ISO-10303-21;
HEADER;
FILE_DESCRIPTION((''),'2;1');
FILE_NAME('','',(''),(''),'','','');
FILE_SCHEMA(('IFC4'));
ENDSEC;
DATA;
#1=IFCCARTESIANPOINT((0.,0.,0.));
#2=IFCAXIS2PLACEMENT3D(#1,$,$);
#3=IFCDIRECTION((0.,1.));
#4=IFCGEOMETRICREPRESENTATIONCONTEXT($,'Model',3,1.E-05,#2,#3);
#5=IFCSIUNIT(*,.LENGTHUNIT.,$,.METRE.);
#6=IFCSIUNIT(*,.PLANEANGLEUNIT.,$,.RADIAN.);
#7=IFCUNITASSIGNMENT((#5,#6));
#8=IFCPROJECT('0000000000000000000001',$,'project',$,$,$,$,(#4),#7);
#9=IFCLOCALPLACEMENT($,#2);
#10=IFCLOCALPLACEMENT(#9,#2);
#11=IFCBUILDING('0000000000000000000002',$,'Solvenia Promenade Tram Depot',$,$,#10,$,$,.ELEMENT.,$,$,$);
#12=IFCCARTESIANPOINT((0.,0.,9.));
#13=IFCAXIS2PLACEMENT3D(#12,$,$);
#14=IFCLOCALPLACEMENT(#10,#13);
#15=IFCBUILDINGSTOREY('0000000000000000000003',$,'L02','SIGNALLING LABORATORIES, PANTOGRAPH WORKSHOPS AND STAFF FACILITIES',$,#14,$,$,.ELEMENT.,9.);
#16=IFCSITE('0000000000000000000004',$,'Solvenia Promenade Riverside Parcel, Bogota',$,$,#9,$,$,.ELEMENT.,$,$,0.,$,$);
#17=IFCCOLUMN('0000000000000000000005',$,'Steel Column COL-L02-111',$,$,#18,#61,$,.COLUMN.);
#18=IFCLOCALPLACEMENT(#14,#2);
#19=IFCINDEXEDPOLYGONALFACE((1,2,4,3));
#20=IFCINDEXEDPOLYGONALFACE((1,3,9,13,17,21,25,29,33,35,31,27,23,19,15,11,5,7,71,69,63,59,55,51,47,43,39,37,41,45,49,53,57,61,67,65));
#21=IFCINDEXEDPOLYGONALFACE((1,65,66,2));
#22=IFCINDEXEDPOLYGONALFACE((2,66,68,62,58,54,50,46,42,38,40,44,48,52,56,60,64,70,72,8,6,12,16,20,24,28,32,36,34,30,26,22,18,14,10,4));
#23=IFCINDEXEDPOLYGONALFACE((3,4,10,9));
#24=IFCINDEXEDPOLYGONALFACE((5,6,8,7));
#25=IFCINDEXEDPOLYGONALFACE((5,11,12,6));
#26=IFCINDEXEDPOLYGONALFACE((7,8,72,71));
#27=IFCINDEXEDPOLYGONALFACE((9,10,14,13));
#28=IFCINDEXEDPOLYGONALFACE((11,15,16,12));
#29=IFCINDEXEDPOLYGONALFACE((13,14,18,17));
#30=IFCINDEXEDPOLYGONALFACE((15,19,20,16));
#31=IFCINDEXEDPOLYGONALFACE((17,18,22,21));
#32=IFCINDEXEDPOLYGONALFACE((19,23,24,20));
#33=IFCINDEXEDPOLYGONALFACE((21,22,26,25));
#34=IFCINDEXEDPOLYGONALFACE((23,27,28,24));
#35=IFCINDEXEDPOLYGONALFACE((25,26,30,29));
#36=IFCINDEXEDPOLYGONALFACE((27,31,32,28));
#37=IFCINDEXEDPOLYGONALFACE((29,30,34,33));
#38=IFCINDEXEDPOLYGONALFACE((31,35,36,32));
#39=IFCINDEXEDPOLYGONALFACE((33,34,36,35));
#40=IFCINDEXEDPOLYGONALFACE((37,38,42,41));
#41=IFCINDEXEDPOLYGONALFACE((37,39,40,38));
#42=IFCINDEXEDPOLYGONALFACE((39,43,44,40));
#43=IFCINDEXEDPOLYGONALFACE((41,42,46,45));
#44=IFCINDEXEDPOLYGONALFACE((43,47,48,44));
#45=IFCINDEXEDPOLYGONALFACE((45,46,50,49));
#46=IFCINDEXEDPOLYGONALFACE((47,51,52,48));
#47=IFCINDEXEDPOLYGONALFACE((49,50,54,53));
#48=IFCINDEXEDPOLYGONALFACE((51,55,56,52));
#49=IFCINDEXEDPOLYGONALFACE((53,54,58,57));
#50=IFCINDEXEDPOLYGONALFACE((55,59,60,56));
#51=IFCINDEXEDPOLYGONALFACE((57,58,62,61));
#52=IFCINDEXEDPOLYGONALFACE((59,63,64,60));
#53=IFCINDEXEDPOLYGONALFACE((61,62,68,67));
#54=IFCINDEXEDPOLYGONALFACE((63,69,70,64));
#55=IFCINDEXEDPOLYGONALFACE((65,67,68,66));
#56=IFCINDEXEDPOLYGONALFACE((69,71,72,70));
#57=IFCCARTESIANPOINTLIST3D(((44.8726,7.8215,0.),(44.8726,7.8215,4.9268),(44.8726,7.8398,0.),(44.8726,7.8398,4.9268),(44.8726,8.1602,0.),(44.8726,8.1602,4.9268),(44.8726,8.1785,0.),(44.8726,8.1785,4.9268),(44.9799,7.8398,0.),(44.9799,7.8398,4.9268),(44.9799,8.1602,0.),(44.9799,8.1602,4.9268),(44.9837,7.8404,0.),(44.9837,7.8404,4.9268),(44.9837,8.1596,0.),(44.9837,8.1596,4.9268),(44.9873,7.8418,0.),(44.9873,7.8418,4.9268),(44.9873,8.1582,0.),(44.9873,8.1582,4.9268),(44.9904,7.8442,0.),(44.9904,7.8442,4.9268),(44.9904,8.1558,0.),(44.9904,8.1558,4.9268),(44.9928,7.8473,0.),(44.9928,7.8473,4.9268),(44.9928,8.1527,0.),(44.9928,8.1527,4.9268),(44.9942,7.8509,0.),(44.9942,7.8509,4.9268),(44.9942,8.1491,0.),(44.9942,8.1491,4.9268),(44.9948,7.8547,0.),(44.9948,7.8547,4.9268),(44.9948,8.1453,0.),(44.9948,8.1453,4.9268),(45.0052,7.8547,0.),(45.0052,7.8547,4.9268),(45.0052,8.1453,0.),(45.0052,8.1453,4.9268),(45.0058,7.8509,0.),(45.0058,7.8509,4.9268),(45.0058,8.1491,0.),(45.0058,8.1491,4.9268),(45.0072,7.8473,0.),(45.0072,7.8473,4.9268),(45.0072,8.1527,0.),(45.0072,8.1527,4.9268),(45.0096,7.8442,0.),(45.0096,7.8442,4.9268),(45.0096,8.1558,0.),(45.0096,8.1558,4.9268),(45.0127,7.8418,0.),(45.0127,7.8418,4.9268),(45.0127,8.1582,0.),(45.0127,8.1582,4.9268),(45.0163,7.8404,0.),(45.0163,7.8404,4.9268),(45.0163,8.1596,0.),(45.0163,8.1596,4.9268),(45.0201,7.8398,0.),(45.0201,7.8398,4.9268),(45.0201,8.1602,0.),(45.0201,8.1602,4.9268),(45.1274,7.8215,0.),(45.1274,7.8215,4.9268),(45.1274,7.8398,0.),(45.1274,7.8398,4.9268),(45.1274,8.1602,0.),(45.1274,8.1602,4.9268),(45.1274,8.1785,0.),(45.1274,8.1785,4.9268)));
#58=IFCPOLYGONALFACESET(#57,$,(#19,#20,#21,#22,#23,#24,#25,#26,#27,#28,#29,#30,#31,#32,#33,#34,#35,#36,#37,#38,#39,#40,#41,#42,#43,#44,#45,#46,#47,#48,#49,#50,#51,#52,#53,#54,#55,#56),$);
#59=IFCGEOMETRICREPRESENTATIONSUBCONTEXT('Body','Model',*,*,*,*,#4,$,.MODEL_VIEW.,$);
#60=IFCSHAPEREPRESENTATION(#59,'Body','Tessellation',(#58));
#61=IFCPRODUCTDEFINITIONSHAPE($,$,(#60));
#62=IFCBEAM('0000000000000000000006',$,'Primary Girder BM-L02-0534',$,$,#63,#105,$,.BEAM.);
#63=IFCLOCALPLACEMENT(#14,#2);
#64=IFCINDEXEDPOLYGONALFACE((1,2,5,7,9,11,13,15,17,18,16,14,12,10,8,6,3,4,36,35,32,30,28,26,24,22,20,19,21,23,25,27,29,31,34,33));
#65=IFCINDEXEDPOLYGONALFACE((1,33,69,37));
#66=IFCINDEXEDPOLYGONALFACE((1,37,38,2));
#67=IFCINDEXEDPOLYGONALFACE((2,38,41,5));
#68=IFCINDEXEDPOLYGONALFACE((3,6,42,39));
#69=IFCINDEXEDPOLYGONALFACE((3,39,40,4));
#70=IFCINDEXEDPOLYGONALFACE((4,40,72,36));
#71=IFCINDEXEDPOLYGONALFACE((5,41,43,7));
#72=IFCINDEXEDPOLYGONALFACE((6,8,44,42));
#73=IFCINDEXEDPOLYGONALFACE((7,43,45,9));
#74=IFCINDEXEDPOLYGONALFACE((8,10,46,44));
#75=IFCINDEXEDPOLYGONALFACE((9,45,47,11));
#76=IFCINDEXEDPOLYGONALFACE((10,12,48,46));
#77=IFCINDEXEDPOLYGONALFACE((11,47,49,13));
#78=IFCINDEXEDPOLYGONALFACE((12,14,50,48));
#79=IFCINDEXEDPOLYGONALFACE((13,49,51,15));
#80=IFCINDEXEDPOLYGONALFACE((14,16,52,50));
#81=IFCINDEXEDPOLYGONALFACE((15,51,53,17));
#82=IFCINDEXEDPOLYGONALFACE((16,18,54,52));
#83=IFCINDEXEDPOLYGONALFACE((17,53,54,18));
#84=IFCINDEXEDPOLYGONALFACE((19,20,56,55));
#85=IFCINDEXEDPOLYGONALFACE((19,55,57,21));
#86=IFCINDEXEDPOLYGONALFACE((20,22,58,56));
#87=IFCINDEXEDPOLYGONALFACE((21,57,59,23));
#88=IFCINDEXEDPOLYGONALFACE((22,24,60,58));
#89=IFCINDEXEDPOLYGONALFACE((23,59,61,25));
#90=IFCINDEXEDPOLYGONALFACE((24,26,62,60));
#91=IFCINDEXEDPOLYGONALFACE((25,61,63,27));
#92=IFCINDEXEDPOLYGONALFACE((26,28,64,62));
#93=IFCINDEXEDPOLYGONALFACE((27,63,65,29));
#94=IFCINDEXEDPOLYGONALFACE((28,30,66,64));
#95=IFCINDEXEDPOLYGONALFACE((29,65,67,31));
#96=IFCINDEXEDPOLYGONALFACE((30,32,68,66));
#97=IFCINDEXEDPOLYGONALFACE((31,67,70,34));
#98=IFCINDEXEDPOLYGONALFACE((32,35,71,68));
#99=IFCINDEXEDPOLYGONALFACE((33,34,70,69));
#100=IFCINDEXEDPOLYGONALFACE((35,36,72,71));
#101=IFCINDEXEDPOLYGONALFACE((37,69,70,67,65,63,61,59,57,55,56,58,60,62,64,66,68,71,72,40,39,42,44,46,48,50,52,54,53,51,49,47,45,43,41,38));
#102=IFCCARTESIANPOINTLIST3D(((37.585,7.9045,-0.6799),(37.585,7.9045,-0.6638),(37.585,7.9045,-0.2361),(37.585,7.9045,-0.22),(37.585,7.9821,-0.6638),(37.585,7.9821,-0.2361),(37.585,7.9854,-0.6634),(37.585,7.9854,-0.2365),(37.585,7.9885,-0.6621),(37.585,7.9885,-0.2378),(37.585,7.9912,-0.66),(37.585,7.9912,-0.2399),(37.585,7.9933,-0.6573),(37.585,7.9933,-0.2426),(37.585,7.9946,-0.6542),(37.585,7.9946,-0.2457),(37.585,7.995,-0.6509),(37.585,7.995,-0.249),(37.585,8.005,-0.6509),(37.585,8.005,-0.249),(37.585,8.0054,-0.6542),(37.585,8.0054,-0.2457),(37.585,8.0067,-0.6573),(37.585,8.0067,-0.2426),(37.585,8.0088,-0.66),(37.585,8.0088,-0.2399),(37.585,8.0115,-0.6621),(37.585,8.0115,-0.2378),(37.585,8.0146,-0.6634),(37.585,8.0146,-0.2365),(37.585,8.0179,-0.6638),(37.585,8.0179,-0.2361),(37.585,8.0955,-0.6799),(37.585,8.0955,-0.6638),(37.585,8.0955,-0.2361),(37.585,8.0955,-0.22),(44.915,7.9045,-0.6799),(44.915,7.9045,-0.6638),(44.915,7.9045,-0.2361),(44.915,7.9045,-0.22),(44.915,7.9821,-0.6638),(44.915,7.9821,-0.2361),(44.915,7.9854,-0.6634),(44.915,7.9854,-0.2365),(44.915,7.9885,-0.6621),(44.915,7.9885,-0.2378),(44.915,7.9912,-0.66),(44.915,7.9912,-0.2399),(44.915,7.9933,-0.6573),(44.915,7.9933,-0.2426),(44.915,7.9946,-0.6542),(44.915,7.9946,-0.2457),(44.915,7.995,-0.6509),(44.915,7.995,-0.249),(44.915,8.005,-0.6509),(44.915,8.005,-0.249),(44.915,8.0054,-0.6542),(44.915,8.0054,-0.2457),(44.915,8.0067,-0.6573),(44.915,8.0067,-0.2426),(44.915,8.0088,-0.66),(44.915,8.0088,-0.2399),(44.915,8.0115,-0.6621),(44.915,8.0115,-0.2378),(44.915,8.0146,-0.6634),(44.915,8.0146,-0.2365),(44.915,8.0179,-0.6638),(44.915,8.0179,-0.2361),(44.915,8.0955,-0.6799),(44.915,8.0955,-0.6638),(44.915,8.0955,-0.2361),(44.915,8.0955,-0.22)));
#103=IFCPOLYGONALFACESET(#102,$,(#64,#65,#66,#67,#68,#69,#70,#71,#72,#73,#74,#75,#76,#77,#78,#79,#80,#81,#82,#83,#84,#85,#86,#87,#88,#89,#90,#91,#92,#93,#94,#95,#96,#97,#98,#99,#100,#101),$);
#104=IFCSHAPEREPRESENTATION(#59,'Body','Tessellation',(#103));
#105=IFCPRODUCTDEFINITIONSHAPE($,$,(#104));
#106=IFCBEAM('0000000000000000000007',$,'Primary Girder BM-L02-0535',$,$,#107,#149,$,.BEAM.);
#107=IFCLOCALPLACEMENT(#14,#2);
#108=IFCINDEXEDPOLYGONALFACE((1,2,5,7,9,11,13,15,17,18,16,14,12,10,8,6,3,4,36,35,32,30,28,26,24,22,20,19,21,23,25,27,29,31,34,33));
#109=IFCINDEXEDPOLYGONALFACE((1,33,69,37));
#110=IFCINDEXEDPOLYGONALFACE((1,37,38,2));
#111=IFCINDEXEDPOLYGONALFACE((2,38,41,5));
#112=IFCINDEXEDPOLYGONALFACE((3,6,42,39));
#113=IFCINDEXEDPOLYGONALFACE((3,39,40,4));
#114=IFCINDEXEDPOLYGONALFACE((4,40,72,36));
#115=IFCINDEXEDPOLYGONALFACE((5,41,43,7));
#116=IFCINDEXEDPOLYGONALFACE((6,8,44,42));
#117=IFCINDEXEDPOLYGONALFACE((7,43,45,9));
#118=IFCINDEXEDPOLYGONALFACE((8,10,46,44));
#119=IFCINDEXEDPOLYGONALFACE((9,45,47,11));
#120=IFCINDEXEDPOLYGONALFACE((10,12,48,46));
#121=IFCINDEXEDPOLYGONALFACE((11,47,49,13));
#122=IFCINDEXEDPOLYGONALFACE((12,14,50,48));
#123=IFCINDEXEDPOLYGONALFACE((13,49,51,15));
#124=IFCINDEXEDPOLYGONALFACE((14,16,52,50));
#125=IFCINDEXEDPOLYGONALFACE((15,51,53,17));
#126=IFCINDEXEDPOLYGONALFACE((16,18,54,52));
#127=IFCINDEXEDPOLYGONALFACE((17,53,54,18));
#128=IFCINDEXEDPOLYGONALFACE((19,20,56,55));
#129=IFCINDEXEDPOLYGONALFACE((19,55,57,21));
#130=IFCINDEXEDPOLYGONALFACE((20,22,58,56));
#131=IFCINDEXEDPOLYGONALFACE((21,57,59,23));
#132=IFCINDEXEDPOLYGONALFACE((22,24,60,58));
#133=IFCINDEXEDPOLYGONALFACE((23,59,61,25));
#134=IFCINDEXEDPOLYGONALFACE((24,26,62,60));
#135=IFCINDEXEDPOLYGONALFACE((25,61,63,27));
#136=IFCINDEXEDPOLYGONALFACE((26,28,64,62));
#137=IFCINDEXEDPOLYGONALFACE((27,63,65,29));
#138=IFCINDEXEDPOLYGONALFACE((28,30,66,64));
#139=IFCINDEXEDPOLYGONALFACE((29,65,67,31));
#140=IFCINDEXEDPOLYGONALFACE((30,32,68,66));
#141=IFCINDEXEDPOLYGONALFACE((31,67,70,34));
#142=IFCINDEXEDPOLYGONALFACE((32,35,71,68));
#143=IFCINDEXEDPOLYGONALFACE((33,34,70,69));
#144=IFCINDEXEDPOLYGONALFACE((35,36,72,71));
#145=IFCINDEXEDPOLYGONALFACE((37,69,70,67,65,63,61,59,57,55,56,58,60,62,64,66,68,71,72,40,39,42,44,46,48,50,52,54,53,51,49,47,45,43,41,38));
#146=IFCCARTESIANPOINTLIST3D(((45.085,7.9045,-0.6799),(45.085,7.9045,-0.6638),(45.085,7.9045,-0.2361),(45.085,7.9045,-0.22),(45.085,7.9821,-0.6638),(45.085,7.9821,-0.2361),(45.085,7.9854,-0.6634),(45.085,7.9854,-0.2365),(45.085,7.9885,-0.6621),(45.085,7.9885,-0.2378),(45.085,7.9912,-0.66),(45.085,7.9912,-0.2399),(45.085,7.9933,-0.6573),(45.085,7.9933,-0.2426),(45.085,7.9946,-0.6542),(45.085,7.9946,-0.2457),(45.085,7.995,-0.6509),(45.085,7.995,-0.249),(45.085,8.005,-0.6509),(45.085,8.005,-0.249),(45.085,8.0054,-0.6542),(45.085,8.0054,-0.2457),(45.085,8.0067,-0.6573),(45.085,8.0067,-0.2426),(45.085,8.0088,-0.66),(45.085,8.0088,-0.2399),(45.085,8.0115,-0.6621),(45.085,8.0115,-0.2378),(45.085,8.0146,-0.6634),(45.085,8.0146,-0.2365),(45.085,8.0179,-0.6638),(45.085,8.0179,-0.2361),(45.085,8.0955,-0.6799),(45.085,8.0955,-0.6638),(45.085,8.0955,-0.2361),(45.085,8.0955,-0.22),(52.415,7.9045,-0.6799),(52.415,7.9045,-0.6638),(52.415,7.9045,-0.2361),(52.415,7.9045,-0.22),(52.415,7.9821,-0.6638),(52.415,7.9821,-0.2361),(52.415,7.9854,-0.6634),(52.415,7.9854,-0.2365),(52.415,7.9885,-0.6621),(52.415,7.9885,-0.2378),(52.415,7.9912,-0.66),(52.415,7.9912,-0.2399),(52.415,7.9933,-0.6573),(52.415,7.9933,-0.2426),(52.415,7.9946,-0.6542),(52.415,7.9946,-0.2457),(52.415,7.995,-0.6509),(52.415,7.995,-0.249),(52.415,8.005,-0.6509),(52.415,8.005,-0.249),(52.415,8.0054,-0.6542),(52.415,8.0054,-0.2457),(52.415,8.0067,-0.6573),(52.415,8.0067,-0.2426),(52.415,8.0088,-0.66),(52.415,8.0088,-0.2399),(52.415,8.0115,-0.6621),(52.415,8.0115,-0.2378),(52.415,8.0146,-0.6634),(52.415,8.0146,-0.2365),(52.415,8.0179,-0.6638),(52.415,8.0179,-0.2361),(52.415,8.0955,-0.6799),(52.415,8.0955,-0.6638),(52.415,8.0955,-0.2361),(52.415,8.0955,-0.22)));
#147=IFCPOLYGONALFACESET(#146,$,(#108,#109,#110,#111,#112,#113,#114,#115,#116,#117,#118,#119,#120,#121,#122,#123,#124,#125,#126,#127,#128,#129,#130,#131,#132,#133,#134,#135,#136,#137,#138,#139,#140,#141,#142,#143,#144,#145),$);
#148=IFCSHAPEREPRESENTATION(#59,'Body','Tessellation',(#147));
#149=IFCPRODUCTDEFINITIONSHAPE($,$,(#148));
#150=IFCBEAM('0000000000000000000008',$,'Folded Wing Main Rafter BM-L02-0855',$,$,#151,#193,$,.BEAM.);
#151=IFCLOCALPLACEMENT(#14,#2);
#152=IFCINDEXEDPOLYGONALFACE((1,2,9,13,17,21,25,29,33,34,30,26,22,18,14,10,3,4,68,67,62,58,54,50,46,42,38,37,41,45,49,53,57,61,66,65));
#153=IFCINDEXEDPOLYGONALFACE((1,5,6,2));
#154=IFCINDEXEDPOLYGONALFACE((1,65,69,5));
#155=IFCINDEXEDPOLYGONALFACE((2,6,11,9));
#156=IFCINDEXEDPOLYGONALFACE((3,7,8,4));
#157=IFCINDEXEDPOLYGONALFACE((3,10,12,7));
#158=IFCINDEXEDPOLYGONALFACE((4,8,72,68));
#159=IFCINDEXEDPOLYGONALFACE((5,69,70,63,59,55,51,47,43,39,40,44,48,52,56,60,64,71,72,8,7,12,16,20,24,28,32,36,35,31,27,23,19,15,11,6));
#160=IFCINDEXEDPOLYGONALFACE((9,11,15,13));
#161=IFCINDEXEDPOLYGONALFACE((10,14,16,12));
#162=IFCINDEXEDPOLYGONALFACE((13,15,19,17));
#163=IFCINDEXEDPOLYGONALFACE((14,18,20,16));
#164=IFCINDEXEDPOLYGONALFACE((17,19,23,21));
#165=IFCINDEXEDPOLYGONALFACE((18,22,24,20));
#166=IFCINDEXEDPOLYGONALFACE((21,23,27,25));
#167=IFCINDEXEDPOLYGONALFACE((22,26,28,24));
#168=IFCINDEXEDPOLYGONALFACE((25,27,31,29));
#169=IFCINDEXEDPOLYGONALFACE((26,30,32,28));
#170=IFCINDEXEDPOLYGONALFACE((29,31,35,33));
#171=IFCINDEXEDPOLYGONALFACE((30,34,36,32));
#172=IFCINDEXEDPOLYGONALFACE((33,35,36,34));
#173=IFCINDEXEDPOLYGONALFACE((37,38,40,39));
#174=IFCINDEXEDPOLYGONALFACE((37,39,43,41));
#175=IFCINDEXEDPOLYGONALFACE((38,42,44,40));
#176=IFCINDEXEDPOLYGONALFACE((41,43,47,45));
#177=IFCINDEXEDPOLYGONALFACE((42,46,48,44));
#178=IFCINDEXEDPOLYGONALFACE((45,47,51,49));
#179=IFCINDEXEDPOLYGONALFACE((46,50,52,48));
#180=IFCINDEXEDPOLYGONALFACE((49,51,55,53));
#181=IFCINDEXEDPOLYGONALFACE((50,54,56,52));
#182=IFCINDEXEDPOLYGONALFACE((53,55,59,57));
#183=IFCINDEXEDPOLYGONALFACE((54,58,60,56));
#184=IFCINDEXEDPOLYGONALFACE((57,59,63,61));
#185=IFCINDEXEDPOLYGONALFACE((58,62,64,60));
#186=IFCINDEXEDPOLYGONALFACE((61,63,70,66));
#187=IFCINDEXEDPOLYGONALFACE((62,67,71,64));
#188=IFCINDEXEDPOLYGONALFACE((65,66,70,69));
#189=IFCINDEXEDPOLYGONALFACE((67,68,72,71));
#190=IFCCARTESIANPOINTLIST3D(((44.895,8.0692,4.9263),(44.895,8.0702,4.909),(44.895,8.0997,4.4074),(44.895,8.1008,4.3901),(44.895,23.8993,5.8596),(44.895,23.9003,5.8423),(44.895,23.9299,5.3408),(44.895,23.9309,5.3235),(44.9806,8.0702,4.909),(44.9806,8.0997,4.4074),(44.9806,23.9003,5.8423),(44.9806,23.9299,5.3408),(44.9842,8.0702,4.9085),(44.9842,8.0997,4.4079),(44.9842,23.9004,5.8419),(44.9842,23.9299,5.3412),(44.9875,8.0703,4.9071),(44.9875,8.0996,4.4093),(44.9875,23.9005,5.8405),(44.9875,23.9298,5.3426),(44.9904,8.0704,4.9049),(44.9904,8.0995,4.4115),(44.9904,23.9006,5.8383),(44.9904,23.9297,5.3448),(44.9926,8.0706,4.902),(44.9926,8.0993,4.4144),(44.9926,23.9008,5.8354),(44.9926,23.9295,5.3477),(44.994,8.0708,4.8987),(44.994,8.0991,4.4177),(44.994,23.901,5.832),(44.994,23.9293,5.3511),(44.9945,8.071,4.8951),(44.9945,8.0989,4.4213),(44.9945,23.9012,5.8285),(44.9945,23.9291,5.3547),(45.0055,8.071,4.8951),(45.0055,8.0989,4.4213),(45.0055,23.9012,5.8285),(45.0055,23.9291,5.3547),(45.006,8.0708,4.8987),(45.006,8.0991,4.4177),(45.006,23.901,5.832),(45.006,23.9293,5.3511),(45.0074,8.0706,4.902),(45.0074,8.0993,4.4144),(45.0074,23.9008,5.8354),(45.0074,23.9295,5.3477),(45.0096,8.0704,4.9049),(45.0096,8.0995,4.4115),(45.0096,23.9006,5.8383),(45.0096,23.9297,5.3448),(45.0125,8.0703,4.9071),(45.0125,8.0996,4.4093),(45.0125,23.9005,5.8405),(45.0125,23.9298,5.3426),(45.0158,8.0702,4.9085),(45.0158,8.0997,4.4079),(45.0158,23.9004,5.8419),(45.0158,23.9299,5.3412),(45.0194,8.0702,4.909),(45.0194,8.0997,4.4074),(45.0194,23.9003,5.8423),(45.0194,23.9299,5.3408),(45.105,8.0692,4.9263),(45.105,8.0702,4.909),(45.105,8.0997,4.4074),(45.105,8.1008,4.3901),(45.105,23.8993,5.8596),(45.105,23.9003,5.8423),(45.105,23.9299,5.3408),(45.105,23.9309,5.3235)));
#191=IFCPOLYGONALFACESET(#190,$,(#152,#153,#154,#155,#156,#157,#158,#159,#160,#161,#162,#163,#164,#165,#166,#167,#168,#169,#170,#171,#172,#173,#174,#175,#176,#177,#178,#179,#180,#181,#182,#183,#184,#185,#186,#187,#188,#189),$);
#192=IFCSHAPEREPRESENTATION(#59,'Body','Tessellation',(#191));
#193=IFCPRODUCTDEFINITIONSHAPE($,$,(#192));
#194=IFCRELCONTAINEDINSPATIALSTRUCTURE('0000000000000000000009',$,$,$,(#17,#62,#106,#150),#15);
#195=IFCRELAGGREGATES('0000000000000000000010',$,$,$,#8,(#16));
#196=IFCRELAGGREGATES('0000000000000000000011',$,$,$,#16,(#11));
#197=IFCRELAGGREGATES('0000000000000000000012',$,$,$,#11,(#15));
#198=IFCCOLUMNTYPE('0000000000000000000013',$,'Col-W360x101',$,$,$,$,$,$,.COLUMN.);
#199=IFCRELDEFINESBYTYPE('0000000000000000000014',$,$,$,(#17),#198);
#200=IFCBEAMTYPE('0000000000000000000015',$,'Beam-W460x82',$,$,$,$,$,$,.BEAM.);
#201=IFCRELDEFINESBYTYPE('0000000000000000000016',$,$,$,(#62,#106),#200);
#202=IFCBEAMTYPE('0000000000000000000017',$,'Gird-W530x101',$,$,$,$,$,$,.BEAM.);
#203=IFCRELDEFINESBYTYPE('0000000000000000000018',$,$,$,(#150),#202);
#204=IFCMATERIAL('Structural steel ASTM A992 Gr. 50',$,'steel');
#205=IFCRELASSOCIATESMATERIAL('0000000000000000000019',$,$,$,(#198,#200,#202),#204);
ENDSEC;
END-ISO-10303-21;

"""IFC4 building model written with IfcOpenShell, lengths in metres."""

from ifc_helpers import new_model, si_unit, direction, frame, origin, origin_2d, place, context, subcontext, project, spatial, i_section, extrude, material, material_profile, profile_set, type_object, element, save


model = new_model("IFC4")

# Units and contexts
model_context = context("Model", 3, precision=1e-05, world=origin(), true_north=direction((0.0, 1.0)))
body_context = subcontext(model_context, "Body", "Model", "MODEL_VIEW")
ifc_project = project(units=[si_unit("LENGTHUNIT", "METRE"), si_unit("PLANEANGLEUNIT", "RADIAN")], contexts=[model_context])

# Site, building, storey
site_placement = place(None, origin())
site = spatial("IfcSite", under=ifc_project, at=site_placement, Name="Solvenia Promenade Riverside Parcel, Bogota", CompositionType="ELEMENT", RefElevation=0.0)
building_placement = place(site_placement, origin())
building = spatial("IfcBuilding", under=site, at=building_placement, Name="Solvenia Promenade Tram Depot", CompositionType="ELEMENT")
storey_placement = place(building_placement, frame((0.0, 0.0, 9.0)))
storey = spatial("IfcBuildingStorey", under=building, at=storey_placement, Name="L02", Description="SIGNALLING LABORATORIES, PANTOGRAPH WORKSHOPS AND STAFF FACILITIES", CompositionType="ELEMENT", Elevation=9.0)

# Column
ifc_material_1 = material(Name="Structural steel ASTM A992 Gr. 50", Category="steel")
ifc_material_profile_1 = material_profile(ifc_material_1, i_section(OverallWidth=0.2549, OverallDepth=0.3569, WebThickness=0.0105, FlangeThickness=0.0183, FilletRadius=0.0149, at=origin_2d()), Name="W360x101", Category="steel")
ifc_profile_set_1 = profile_set([ifc_material_profile_1], Name="Structural steel ASTM A992 Gr. 50")
column_type = type_object("IfcColumnType", Name="Col-W360x101", PredefinedType="COLUMN", material=ifc_profile_set_1)
column_placement = place(storey_placement, frame((45.0, 8.0, 0.0), z_axis=(0.0, 0.0, 1.0), x_axis=(1.0, 0.0, 0.0)))
element("IfcColumn", 1, at=column_placement, inside=storey, type_object=column_type, Name="Steel Column COL-L02-111", PredefinedType="COLUMN", context=body_context, shape_type="SweptSolid", body=[
    extrude(i_section(OverallWidth=0.2549, OverallDepth=0.3569, WebThickness=0.0105, FlangeThickness=0.0183, FilletRadius=0.0149, at=origin_2d()), origin(), (0.0, 0.0, 1.0), 4.9268),
])

# Beams
ifc_material_profile_2 = material_profile(ifc_material_1, i_section(OverallWidth=0.1909, OverallDepth=0.46, WebThickness=0.01, FlangeThickness=0.0161, FilletRadius=0.0129, at=origin_2d()), Name="W460x82", Category="steel")
ifc_profile_set_2 = profile_set([ifc_material_profile_2], Name="Structural steel ASTM A992 Gr. 50")
beam_type_1 = type_object("IfcBeamType", Name="Beam-W460x82", PredefinedType="BEAM", material=ifc_profile_set_2)
for number, where, z_axis, x_axis, name in (
    (2, (37.585, 8.0, -0.45), (1.0, 0.0, 0.0), (0.0, 1.0, 0.0), "Primary Girder BM-L02-0534"),
    (3, (45.085, 8.0, -0.45), (1.0, 0.0, 0.0), (0.0, 1.0, 0.0), "Primary Girder BM-L02-0535"),
):
    element("IfcBeam", number, at=place(storey_placement, frame(where, z_axis=z_axis, x_axis=x_axis)), inside=storey, type_object=beam_type_1, Name=name, PredefinedType="BEAM", context=body_context, shape_type="SweptSolid", body=[
        extrude(i_section(OverallWidth=0.1909, OverallDepth=0.46, WebThickness=0.01, FlangeThickness=0.0161, FilletRadius=0.0129, at=origin_2d()), origin(), (0.0, 0.0, 1.0), 7.3301),
    ])
ifc_material_profile_3 = material_profile(ifc_material_1, i_section(OverallWidth=0.21, OverallDepth=0.5371, WebThickness=0.011, FlangeThickness=0.0173, FilletRadius=0.0139, at=origin_2d()), Name="W530x101", Category="steel")
ifc_profile_set_3 = profile_set([ifc_material_profile_3], Name="Structural steel ASTM A992 Gr. 50")
beam_type_2 = type_object("IfcBeamType", Name="Gird-W530x101", PredefinedType="BEAM", material=ifc_profile_set_3)
beam_1_placement = place(storey_placement, frame((45.0, 8.085, 4.6582), z_axis=(0.0, 0.998266, 0.058858), x_axis=(-1.0, 0.0, 0.0)))
element("IfcBeam", 4, at=beam_1_placement, inside=storey, type_object=beam_type_2, Name="Folded Wing Main Rafter BM-L02-0855", PredefinedType="BEAM", context=body_context, shape_type="SweptSolid", body=[
    extrude(i_section(OverallWidth=0.21, OverallDepth=0.5371, WebThickness=0.011, FlangeThickness=0.0173, FilletRadius=0.0139, at=origin_2d()), origin(), (0.0, 0.0, 1.0), 15.8577),
])

save(model, "model.ifc")
